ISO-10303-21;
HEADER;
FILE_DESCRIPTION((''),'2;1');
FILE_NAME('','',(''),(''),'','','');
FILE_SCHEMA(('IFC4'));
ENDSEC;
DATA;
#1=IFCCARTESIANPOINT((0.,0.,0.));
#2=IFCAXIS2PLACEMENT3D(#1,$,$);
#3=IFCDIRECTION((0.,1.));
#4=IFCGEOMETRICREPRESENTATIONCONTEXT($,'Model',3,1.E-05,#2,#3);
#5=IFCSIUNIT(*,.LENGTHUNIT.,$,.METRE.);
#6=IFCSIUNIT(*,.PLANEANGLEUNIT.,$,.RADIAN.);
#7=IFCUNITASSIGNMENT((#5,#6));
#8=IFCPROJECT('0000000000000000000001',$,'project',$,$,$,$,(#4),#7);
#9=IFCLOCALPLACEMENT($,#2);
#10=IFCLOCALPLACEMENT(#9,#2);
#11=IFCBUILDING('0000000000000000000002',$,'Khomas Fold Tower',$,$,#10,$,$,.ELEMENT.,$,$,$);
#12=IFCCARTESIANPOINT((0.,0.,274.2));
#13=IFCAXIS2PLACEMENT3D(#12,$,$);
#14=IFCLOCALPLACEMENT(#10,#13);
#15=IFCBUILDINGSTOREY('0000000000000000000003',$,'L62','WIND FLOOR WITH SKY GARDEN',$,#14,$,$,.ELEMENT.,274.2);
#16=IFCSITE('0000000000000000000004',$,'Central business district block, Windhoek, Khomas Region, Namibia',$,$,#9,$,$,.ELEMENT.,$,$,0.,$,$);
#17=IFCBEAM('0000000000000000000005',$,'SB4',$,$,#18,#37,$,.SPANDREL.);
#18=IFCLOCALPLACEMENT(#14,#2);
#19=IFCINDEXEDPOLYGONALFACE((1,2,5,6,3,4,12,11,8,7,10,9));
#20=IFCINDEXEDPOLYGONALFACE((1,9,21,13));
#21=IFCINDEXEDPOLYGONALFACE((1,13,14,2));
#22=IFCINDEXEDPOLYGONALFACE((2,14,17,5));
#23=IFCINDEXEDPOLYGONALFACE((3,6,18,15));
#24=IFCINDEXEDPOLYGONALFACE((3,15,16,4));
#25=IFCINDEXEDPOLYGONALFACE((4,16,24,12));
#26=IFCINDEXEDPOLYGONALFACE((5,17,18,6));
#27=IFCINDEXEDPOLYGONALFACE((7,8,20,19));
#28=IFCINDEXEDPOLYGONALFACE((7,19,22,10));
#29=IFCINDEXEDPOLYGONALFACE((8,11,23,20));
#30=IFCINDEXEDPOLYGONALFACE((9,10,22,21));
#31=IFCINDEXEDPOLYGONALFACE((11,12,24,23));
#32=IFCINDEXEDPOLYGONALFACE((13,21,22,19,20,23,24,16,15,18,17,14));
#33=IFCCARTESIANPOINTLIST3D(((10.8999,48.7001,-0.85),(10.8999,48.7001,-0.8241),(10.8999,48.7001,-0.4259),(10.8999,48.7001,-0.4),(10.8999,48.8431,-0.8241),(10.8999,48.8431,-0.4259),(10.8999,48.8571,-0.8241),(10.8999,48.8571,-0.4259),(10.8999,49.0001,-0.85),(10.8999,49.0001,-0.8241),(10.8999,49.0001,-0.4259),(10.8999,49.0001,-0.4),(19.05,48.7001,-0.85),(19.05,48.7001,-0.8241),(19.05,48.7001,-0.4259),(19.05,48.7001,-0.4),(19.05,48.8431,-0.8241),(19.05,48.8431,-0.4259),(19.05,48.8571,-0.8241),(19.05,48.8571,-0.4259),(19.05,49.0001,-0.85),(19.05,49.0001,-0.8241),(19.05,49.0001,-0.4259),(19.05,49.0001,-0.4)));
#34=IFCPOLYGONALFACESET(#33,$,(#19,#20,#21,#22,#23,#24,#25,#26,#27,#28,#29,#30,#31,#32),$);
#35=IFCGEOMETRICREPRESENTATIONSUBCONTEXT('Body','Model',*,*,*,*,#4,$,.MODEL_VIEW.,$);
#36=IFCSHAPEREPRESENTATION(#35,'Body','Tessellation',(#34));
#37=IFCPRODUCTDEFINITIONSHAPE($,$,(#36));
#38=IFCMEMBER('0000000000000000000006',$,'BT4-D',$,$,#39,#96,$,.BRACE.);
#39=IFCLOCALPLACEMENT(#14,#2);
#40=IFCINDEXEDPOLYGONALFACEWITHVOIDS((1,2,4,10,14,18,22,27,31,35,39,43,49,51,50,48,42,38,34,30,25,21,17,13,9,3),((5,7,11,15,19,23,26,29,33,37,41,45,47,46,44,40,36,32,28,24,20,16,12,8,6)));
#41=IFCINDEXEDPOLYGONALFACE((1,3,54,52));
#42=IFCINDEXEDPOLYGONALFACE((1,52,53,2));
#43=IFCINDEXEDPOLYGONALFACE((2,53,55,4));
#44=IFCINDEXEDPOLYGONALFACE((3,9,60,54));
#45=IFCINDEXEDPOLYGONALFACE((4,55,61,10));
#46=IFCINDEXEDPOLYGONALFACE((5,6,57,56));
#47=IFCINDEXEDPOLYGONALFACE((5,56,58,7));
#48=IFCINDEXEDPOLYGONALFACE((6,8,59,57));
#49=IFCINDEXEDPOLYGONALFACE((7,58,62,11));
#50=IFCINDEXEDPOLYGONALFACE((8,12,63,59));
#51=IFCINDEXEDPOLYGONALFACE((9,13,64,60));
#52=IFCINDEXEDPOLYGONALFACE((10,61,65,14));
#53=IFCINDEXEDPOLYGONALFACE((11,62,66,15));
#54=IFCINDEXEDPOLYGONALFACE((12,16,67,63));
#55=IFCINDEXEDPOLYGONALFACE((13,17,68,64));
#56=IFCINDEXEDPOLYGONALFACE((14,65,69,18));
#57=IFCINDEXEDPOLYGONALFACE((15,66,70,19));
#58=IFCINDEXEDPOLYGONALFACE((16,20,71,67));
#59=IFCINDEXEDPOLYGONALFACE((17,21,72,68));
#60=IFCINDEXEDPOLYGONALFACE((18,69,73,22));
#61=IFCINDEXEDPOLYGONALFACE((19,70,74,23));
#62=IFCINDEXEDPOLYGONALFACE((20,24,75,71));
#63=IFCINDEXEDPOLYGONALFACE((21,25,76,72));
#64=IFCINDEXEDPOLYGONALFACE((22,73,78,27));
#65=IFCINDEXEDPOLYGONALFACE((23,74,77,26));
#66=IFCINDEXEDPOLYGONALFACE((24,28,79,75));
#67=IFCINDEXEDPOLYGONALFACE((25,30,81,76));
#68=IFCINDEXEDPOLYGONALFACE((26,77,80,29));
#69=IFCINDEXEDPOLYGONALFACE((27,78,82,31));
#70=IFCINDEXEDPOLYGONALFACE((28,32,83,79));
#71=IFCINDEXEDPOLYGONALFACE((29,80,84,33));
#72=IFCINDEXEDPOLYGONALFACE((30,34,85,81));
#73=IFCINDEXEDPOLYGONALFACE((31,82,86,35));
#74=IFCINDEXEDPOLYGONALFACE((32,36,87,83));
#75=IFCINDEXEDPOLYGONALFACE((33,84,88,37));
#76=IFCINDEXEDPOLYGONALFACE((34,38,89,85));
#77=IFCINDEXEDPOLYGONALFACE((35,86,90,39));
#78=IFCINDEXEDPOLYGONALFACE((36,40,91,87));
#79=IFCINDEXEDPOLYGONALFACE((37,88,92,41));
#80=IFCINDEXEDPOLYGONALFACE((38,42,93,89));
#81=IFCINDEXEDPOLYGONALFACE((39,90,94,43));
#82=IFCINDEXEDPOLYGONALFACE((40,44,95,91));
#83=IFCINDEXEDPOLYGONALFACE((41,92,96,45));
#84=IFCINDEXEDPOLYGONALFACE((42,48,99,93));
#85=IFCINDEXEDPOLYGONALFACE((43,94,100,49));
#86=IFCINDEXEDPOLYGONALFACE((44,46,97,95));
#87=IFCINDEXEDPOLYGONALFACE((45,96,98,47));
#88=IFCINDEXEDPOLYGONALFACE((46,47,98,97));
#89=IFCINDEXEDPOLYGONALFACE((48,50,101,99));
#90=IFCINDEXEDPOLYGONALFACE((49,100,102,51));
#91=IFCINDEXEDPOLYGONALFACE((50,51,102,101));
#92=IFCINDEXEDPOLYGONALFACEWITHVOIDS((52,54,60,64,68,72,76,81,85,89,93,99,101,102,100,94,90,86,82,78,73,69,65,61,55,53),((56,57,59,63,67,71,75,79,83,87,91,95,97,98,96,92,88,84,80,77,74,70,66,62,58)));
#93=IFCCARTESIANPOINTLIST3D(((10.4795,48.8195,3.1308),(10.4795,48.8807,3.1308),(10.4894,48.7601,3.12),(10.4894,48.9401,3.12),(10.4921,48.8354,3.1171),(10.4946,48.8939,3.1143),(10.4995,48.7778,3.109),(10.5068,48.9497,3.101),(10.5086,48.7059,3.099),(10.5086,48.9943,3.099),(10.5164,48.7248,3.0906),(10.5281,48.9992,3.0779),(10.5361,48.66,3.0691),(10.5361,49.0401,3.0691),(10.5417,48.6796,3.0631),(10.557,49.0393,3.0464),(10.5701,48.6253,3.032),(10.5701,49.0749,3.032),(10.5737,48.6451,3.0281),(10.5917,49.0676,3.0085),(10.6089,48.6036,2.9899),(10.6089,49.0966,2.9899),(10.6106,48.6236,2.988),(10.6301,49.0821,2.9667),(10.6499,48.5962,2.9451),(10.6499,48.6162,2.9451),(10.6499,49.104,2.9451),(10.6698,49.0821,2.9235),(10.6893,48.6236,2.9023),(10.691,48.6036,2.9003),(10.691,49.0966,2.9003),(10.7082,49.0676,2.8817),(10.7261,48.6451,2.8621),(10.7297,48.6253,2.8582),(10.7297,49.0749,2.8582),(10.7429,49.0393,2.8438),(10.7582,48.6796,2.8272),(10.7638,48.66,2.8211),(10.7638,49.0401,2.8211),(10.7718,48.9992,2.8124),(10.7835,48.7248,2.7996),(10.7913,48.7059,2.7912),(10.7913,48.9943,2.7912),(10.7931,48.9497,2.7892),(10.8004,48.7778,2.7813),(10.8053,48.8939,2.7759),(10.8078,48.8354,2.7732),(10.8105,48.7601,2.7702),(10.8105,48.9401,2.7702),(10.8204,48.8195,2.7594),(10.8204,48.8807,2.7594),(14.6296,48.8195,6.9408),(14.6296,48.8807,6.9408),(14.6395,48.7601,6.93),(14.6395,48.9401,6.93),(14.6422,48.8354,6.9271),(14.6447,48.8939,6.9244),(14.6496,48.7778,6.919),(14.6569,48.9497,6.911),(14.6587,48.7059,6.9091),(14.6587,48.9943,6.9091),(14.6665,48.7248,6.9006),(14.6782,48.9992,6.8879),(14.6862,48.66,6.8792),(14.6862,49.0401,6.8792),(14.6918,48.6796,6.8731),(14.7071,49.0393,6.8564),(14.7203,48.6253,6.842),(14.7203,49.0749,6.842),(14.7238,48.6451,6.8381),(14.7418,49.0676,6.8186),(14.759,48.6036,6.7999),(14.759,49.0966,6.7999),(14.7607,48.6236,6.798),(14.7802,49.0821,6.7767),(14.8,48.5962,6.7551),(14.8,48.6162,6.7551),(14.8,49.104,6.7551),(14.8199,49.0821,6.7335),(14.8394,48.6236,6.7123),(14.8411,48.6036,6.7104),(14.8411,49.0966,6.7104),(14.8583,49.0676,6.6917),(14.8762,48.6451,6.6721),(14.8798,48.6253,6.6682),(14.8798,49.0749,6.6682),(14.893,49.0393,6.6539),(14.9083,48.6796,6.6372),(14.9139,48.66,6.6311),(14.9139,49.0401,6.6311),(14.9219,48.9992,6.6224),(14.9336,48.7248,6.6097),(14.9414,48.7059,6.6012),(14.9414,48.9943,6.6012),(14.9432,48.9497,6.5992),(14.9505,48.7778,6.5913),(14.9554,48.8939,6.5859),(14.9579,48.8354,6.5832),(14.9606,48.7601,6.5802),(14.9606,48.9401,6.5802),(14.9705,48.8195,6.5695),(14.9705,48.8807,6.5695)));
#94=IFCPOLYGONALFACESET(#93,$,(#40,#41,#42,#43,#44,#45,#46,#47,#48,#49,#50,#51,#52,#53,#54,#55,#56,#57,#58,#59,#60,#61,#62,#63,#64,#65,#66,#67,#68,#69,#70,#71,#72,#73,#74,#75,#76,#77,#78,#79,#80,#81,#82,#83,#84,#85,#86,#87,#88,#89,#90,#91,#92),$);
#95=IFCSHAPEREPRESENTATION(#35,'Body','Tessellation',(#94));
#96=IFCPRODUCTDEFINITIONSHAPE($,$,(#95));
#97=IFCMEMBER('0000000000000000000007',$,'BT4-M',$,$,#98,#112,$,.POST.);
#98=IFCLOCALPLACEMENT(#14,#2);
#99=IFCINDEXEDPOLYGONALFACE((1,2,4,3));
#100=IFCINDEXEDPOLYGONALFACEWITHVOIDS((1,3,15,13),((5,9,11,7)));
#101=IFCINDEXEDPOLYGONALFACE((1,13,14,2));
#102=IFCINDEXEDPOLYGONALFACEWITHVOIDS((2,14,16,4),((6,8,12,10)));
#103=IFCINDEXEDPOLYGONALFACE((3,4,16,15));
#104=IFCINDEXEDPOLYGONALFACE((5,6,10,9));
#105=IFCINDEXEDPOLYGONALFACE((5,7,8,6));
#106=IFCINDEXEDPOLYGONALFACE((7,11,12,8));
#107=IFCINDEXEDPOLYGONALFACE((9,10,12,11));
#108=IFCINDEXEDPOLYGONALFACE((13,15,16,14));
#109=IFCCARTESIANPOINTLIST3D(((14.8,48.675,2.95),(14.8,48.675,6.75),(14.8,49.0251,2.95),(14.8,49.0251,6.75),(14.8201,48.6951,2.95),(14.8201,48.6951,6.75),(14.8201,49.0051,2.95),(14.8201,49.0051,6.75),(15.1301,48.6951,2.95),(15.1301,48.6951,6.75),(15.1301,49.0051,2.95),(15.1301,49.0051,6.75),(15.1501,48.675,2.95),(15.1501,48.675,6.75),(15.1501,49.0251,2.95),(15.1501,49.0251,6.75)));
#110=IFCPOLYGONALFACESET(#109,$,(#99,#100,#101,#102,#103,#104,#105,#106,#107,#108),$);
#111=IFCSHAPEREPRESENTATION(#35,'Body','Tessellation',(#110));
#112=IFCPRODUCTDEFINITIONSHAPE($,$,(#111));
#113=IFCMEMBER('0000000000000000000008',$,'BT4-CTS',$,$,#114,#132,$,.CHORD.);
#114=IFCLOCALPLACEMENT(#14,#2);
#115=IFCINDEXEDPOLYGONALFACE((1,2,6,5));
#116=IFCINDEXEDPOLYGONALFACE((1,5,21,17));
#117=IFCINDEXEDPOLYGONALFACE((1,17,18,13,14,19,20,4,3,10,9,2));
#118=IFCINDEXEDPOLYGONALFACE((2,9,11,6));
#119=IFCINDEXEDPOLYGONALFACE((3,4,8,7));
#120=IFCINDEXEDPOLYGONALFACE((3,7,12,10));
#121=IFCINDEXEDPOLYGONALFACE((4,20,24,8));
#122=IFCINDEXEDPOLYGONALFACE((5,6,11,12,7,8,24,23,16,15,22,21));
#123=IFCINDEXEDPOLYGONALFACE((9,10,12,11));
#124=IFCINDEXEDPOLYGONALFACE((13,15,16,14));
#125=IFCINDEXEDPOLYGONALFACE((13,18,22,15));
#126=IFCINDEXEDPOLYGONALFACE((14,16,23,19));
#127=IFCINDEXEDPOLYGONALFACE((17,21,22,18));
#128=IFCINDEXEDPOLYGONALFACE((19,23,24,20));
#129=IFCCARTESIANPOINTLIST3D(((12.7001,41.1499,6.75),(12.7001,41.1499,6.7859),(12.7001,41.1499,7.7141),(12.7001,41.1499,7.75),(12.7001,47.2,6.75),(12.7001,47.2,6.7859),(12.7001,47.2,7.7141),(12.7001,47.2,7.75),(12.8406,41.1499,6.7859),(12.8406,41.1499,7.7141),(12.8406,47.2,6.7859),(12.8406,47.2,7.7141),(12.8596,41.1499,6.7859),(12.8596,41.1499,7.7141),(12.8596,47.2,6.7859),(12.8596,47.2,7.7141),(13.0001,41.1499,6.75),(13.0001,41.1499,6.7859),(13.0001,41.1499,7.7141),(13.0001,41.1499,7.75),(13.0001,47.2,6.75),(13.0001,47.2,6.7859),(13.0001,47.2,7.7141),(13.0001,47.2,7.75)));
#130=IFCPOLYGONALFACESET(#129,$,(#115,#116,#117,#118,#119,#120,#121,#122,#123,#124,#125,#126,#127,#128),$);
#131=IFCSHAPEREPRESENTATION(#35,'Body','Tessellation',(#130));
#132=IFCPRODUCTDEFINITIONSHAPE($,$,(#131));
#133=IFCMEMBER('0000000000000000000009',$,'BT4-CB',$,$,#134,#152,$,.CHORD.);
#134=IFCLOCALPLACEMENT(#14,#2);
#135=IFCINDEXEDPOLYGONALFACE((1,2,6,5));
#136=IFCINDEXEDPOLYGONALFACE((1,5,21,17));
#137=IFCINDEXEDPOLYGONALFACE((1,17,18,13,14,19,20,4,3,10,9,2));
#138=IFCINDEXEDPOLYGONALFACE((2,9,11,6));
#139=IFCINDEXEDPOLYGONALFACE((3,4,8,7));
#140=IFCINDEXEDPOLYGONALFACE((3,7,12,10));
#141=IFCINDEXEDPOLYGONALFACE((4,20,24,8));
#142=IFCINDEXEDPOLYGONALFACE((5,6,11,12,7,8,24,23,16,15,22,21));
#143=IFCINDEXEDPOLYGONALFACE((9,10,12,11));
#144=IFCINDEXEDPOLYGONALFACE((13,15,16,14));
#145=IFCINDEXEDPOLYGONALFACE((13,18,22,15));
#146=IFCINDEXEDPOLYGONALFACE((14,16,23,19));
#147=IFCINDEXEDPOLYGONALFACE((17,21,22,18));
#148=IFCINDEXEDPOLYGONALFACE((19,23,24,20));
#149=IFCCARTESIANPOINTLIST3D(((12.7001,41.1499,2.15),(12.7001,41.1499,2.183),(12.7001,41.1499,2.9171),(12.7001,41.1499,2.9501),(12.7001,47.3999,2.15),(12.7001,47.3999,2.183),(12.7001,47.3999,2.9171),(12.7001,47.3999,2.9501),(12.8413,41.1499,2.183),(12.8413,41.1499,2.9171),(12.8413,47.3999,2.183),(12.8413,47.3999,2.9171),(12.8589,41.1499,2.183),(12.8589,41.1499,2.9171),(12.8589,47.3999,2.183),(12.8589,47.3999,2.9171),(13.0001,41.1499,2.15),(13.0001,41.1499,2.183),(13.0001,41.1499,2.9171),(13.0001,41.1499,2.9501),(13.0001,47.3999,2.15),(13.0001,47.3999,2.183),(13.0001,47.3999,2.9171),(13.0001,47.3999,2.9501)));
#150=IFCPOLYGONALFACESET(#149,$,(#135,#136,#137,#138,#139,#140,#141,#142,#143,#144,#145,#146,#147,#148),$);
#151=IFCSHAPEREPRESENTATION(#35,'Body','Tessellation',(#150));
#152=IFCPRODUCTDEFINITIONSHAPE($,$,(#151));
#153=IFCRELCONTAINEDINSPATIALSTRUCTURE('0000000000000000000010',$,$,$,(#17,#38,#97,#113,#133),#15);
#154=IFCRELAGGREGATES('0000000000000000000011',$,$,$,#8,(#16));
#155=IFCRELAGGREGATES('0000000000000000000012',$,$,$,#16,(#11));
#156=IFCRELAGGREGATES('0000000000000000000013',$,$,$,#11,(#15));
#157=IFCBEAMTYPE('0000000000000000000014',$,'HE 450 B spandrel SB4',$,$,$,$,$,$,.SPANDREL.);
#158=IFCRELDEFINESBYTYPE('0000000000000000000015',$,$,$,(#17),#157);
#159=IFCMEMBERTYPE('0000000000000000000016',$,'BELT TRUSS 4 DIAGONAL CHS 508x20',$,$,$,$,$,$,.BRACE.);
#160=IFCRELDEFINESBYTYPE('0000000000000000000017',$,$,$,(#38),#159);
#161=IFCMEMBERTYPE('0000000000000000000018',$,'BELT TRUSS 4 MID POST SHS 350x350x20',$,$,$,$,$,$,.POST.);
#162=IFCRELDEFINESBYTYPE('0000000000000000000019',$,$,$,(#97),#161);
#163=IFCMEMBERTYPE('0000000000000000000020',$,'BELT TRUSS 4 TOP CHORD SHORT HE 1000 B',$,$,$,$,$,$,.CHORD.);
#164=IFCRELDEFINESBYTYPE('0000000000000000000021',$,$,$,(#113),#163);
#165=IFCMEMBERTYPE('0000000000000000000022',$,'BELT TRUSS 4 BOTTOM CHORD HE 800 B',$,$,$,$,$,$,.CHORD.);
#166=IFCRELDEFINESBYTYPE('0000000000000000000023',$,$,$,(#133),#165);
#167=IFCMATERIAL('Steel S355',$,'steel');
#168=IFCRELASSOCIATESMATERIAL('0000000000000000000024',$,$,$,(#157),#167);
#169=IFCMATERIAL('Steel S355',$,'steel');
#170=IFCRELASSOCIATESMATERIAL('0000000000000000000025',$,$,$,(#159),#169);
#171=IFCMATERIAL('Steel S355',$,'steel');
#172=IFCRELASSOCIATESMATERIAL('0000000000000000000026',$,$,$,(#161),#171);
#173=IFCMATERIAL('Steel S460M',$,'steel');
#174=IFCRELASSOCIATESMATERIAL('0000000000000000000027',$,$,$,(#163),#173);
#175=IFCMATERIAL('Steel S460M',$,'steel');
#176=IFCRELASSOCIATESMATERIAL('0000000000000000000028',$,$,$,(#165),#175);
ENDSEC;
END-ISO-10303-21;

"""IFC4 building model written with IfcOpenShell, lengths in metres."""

from ifc_helpers import new_model, si_unit, direction, frame, origin, origin_2d, place, context, subcontext, project, spatial, hollow_rectangle, hollow_circle, i_section, extrude, source, transform, mapped, material, material_profile, profile_set, type_object, element, save


model = new_model("IFC4")

# Units and contexts
model_context = context("Model", 3, precision=1e-05, world=origin(), true_north=direction((0.0, 1.0)))
body_context = subcontext(model_context, "Body", "Model", "MODEL_VIEW")
ifc_project = project(units=[si_unit("LENGTHUNIT", "METRE"), si_unit("PLANEANGLEUNIT", "RADIAN")], contexts=[model_context])

# Site, building, storey
site_placement = place(None, origin())
site = spatial("IfcSite", under=ifc_project, at=site_placement, Name="Central business district block, Windhoek, Khomas Region, Namibia", CompositionType="ELEMENT", RefElevation=0.0)
building_placement = place(site_placement, origin())
building = spatial("IfcBuilding", under=site, at=building_placement, Name="Khomas Fold Tower", CompositionType="ELEMENT")
storey_placement = place(building_placement, frame((0.0, 0.0, 274.2)))
storey = spatial("IfcBuildingStorey", under=building, at=storey_placement, Name="L62", Description="WIND FLOOR WITH SKY GARDEN", CompositionType="ELEMENT", Elevation=274.2)

# Beam
ifc_material_1 = material(Name="Steel S355", Category="steel")
ifc_material_profile_1 = material_profile(ifc_material_1, i_section(OverallWidth=0.3, OverallDepth=0.45, WebThickness=0.0139, FlangeThickness=0.0259, at=origin_2d()), Name="HE 450 B")
ifc_profile_set_1 = profile_set([ifc_material_profile_1], Name="Steel S355")
beam_type_1 = type_object("IfcBeamType", Name="HE 450 B spandrel SB4", PredefinedType="SPANDREL", material=ifc_profile_set_1)
shared_shape_1 = source(origin(), body_context, "Body", "SweptSolid", [
    extrude(i_section(OverallWidth=0.3, OverallDepth=0.45, WebThickness=0.0139, FlangeThickness=0.0259, at=origin_2d()), origin(), (0.0, 0.0, 1.0), 8.1501),
])
beam_1_placement = place(storey_placement, frame((10.8999, 48.8501, -0.625), z_axis=(1.0, 0.0, 0.0), x_axis=(0.0, 1.0, 0.0)))
element("IfcBeam", 1, at=beam_1_placement, inside=storey, type_object=beam_type_1, Name="SB4", PredefinedType="SPANDREL", context=body_context, shape_type="MappedRepresentation", body=[
    mapped(shared_shape_1, transform((0.0, 0.0, 0.0))),
])

# Members
ifc_material_2 = material(Name="Steel S355", Category="steel")
ifc_material_profile_2 = material_profile(ifc_material_2, hollow_circle(Radius=0.2539, WallThickness=0.02, at=origin_2d()), Name="CHS 508x20")
ifc_profile_set_2 = profile_set([ifc_material_profile_2], Name="Steel S355")
member_type_1 = type_object("IfcMemberType", Name="BELT TRUSS 4 DIAGONAL CHS 508x20", PredefinedType="BRACE", material=ifc_profile_set_2)
shared_shape_2 = source(origin(), body_context, "Body", "SweptSolid", [
    extrude(hollow_circle(Radius=0.2539, WallThickness=0.02, at=origin_2d()), origin(), (0.0, 0.0, 1.0), 5.6338),
])
member_1_placement = place(storey_placement, frame((14.8, 48.8501, 6.7551), z_axis=(-0.736645, 0.0, -0.67628), x_axis=(0.0, -1.0, 0.0)))
element("IfcMember", 2, at=member_1_placement, inside=storey, type_object=member_type_1, Name="BT4-D", PredefinedType="BRACE", context=body_context, shape_type="MappedRepresentation", body=[
    mapped(shared_shape_2, transform((0.0, 0.0, 0.0))),
])
ifc_material_3 = material(Name="Steel S355", Category="steel")
ifc_material_profile_3 = material_profile(ifc_material_3, hollow_rectangle(XDim=0.3501, YDim=0.3501, WallThickness=0.02, at=origin_2d()), Name="SHS 350x350x20")
ifc_profile_set_3 = profile_set([ifc_material_profile_3], Name="Steel S355")
member_type_2 = type_object("IfcMemberType", Name="BELT TRUSS 4 MID POST SHS 350x350x20", PredefinedType="POST", material=ifc_profile_set_3)
shared_shape_3 = source(origin(), body_context, "Body", "SweptSolid", [
    extrude(hollow_rectangle(XDim=0.3501, YDim=0.3501, WallThickness=0.02, at=origin_2d()), origin(), (0.0, 0.0, 1.0), 3.8),
])
member_2_placement = place(storey_placement, frame((14.9751, 48.8501, 2.95), z_axis=(0.0, 0.0, 1.0), x_axis=(1.0, 0.0, 0.0)))
element("IfcMember", 3, at=member_2_placement, inside=storey, type_object=member_type_2, Name="BT4-M", PredefinedType="POST", context=body_context, shape_type="MappedRepresentation", body=[
    mapped(shared_shape_3, transform((0.0, 0.0, 0.0))),
])
ifc_material_4 = material(Name="Steel S460M", Category="steel")
ifc_material_profile_4 = material_profile(ifc_material_4, i_section(OverallWidth=0.3, OverallDepth=1.0, WebThickness=0.019, FlangeThickness=0.0359, at=origin_2d()), Name="HE 1000 B")
ifc_profile_set_4 = profile_set([ifc_material_profile_4], Name="Steel S460M")
member_type_3 = type_object("IfcMemberType", Name="BELT TRUSS 4 TOP CHORD SHORT HE 1000 B", PredefinedType="CHORD", material=ifc_profile_set_4)
shared_shape_4 = source(origin(), body_context, "Body", "SweptSolid", [
    extrude(i_section(OverallWidth=0.3, OverallDepth=1.0, WebThickness=0.019, FlangeThickness=0.0359, at=origin_2d()), origin(), (0.0, 0.0, 1.0), 6.05),
])
member_3_placement = place(storey_placement, frame((12.8501, 47.2, 7.25), z_axis=(0.0, -1.0, 0.0), x_axis=(1.0, 0.0, 0.0)))
element("IfcMember", 4, at=member_3_placement, inside=storey, type_object=member_type_3, Name="BT4-CTS", PredefinedType="CHORD", context=body_context, shape_type="MappedRepresentation", body=[
    mapped(shared_shape_4, transform((0.0, 0.0, 0.0))),
])
ifc_material_5 = material(Name="Steel S460M", Category="steel")
ifc_material_profile_5 = material_profile(ifc_material_5, i_section(OverallWidth=0.3, OverallDepth=0.8, WebThickness=0.0176, FlangeThickness=0.033, at=origin_2d()), Name="HE 800 B")
ifc_profile_set_5 = profile_set([ifc_material_profile_5], Name="Steel S460M")
member_type_4 = type_object("IfcMemberType", Name="BELT TRUSS 4 BOTTOM CHORD HE 800 B", PredefinedType="CHORD", material=ifc_profile_set_5)
shared_shape_5 = source(origin(), body_context, "Body", "SweptSolid", [
    extrude(i_section(OverallWidth=0.3, OverallDepth=0.8, WebThickness=0.0176, FlangeThickness=0.033, at=origin_2d()), origin(), (0.0, 0.0, 1.0), 6.25),
])
member_4_placement = place(storey_placement, frame((12.8501, 47.3999, 2.55), z_axis=(0.0, -1.0, 0.0), x_axis=(1.0, 0.0, 0.0)))
element("IfcMember", 5, at=member_4_placement, inside=storey, type_object=member_type_4, Name="BT4-CB", PredefinedType="CHORD", context=body_context, shape_type="MappedRepresentation", body=[
    mapped(shared_shape_5, transform((0.0, 0.0, 0.0))),
])

save(model, "model.ifc")
